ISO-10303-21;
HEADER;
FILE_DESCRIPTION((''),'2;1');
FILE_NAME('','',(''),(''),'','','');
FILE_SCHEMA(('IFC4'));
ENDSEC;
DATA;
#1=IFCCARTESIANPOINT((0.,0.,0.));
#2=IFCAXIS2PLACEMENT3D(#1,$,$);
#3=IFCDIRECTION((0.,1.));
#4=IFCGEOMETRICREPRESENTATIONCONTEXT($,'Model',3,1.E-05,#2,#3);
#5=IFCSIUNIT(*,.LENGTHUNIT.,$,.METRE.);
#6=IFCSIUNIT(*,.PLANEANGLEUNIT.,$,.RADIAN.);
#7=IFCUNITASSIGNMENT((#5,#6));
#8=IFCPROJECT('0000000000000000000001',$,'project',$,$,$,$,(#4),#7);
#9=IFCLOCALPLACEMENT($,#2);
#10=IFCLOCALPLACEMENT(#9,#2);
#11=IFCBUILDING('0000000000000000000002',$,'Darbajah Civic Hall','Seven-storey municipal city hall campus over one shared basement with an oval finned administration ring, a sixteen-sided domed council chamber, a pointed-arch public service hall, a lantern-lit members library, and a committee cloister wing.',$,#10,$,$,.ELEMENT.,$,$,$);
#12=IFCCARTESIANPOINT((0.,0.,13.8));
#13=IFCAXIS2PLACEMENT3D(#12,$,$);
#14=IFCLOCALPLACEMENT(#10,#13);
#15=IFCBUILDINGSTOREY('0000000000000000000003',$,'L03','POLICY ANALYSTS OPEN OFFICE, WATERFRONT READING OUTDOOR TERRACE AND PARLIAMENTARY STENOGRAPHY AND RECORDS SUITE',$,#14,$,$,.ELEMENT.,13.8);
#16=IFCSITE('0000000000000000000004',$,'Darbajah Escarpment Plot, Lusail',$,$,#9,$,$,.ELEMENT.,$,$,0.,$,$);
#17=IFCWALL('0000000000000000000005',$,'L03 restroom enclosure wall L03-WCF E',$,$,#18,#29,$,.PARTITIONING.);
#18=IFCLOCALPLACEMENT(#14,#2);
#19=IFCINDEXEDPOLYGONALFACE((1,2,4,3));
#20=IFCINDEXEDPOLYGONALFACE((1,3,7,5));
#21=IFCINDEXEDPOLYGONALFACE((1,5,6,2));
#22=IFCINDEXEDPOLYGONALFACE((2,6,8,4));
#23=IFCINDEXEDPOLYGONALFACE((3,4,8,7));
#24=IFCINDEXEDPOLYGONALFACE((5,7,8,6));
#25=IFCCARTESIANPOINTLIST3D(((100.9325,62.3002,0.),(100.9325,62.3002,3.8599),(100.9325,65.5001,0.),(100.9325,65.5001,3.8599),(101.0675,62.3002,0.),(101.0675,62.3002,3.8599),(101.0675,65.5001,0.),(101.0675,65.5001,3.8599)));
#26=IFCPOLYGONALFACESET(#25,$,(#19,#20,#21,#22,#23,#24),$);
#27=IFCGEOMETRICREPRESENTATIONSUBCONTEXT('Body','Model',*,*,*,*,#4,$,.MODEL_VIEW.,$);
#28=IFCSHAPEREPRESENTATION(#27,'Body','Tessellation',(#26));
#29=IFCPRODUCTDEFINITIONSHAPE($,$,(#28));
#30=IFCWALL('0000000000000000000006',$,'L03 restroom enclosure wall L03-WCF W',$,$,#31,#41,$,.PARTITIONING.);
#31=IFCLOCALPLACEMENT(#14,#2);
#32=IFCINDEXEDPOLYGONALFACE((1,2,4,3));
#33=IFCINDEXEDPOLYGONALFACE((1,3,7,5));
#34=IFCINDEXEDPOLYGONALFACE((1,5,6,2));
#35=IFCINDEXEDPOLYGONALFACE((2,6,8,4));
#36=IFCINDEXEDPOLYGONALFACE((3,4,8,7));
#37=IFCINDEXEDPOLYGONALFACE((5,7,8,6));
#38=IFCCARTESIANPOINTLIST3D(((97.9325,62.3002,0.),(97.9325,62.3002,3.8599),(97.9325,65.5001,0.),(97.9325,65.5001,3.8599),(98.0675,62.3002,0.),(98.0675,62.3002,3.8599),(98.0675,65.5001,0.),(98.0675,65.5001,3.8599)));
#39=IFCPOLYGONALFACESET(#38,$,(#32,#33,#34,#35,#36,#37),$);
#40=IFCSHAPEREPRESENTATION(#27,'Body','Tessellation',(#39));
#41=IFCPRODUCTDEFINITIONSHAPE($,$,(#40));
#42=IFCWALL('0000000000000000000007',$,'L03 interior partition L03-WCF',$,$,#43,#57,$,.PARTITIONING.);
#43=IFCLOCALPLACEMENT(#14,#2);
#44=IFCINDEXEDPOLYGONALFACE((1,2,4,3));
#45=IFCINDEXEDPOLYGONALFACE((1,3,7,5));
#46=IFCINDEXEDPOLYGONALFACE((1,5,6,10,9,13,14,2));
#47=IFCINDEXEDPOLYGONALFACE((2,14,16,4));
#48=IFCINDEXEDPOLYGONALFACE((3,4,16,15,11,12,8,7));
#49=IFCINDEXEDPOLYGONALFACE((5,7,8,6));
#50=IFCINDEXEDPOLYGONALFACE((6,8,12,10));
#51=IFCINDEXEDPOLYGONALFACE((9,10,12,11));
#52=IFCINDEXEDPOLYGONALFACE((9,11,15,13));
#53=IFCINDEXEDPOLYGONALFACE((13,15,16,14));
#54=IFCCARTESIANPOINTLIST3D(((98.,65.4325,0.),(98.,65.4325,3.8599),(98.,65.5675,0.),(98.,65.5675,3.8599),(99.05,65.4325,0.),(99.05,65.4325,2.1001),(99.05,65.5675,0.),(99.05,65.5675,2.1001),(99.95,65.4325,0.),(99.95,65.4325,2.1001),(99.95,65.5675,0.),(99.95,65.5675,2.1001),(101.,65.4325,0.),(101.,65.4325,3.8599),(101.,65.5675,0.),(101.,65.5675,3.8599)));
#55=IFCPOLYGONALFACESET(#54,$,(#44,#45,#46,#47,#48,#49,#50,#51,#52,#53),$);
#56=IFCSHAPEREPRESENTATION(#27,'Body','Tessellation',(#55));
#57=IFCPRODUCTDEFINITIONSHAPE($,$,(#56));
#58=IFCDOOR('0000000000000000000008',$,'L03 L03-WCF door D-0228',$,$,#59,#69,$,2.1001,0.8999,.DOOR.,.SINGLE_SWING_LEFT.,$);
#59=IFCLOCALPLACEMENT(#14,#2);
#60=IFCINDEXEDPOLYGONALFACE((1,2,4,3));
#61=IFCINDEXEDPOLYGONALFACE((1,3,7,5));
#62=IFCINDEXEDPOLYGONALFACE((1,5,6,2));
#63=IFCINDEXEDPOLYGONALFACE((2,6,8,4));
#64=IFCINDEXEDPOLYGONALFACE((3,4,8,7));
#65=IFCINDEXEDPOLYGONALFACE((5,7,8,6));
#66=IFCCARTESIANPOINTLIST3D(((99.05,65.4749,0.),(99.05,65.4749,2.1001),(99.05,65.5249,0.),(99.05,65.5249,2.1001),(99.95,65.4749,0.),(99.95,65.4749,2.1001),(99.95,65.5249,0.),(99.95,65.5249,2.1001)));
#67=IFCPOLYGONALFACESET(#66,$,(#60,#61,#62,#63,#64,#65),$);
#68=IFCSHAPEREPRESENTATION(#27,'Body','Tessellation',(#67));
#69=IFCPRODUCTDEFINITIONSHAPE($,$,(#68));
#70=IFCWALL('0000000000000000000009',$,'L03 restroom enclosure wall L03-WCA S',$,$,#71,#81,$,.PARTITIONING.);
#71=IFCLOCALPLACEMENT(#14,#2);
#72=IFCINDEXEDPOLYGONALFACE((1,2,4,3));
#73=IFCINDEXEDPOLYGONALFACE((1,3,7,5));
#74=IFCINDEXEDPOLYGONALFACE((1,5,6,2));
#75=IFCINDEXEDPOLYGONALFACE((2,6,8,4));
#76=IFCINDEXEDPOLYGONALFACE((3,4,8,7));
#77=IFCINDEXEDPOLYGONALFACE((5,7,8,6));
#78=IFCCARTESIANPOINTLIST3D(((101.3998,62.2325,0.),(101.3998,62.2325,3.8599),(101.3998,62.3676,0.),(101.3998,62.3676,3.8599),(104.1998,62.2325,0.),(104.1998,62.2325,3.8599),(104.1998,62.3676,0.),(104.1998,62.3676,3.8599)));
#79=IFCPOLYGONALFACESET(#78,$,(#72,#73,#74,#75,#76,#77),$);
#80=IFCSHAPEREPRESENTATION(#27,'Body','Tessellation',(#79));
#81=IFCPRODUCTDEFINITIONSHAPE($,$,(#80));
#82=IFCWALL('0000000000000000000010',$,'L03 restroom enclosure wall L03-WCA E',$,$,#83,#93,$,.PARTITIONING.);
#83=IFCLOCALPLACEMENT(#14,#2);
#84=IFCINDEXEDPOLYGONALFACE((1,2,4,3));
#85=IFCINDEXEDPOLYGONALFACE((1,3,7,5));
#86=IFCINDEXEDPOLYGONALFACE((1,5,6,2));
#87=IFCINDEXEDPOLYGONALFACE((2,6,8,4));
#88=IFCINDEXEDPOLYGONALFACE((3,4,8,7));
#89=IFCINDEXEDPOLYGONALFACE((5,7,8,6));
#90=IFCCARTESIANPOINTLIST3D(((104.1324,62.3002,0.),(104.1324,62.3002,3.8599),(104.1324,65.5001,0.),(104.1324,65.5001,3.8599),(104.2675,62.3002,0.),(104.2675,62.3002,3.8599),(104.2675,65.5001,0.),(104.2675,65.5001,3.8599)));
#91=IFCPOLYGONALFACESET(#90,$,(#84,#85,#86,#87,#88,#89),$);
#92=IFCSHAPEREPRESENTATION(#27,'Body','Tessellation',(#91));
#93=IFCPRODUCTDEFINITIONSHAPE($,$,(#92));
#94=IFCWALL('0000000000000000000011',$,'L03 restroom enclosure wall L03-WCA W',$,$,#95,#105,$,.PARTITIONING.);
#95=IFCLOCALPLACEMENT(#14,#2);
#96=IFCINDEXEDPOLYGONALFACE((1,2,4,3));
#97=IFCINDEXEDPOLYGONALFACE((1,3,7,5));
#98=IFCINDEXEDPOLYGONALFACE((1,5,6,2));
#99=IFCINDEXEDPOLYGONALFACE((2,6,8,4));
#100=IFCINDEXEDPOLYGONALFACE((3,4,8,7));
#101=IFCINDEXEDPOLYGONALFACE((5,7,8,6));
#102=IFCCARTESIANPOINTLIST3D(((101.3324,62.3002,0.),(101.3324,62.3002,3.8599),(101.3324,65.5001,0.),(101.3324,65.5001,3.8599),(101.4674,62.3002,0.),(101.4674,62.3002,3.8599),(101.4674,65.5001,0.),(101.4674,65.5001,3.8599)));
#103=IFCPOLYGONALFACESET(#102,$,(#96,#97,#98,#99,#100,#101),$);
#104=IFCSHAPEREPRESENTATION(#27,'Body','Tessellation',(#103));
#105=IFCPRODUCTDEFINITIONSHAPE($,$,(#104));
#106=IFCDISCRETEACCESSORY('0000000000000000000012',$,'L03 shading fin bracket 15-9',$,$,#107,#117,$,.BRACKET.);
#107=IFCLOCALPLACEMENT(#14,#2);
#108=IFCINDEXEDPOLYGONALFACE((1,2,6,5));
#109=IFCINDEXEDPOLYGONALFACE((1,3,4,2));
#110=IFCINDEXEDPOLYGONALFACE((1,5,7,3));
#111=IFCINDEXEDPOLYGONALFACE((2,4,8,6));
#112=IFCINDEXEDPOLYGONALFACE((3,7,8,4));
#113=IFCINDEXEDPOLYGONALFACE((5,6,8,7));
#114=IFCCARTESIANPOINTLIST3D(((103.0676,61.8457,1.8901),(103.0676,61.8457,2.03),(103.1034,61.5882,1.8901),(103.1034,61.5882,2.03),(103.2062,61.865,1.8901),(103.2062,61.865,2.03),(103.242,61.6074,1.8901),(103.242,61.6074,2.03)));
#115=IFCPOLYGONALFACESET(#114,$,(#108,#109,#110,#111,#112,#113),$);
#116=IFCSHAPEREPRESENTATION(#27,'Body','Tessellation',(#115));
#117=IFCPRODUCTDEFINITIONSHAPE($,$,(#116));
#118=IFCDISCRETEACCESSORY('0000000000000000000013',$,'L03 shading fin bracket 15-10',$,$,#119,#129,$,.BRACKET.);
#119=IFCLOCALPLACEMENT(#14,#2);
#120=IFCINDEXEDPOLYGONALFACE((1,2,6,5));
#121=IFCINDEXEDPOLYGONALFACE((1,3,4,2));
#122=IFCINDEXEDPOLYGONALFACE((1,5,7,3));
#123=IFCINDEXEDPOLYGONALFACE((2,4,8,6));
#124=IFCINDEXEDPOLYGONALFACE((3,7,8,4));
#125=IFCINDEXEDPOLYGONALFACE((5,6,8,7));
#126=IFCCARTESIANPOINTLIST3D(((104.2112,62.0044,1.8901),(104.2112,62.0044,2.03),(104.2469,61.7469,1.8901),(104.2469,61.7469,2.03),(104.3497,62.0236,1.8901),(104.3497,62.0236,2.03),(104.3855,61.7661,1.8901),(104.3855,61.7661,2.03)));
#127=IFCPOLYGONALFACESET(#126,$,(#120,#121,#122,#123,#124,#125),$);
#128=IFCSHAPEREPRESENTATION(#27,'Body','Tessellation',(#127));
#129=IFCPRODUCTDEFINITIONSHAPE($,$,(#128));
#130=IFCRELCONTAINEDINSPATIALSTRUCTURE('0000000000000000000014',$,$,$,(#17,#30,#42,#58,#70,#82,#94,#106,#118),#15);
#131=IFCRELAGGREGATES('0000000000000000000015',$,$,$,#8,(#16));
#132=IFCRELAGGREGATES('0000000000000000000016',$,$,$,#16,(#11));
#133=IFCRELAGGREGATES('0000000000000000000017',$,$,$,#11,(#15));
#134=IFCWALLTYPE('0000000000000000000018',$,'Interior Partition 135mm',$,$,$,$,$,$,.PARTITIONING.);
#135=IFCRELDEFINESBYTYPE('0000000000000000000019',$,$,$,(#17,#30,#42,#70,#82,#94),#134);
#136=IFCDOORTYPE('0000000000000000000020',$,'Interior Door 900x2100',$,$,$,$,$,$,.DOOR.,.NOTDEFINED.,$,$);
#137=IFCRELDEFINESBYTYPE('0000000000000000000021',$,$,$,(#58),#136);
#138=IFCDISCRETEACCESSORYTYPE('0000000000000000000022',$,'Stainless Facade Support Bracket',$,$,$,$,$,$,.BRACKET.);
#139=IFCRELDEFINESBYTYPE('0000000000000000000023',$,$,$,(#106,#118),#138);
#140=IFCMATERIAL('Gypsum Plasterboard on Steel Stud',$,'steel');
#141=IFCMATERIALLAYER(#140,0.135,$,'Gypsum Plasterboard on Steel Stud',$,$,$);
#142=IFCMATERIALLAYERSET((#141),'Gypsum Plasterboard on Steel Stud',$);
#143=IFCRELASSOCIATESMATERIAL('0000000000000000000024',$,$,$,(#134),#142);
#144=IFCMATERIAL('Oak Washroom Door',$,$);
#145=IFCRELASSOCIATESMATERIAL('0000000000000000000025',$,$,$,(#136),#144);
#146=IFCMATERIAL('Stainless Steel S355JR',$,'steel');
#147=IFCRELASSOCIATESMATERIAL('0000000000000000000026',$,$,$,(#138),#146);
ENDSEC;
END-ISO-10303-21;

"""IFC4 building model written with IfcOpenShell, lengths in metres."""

from ifc_helpers import new_model, si_unit, direction, frame, frame_2d, origin, origin_2d, place, context, subcontext, project, spatial, rectangle, extrude, material, layer, layer_set, type_object, element, fill, save


model = new_model("IFC4")

# Units and contexts
model_context = context("Model", 3, precision=1e-05, world=origin(), true_north=direction((0.0, 1.0)))
body_context = subcontext(model_context, "Body", "Model", "MODEL_VIEW")
ifc_project = project(units=[si_unit("LENGTHUNIT", "METRE"), si_unit("PLANEANGLEUNIT", "RADIAN")], contexts=[model_context])

# Site, building, storey
site_placement = place(None, origin())
site = spatial("IfcSite", under=ifc_project, at=site_placement, Name="Darbajah Escarpment Plot, Lusail", CompositionType="ELEMENT", RefElevation=0.0)
building_placement = place(site_placement, origin())
building = spatial("IfcBuilding", under=site, at=building_placement, Name="Darbajah Civic Hall", Description="Seven-storey municipal city hall campus over one shared basement with an oval finned administration ring, a sixteen-sided domed council chamber, a pointed-arch public service hall, a lantern-lit members library, and a committee cloister wing.", CompositionType="ELEMENT")
storey_placement = place(building_placement, frame((0.0, 0.0, 13.8)))
storey = spatial("IfcBuildingStorey", under=building, at=storey_placement, Name="L03", Description="POLICY ANALYSTS OPEN OFFICE, WATERFRONT READING OUTDOOR TERRACE AND PARLIAMENTARY STENOGRAPHY AND RECORDS SUITE", CompositionType="ELEMENT", Elevation=13.8)

# Walls
ifc_material_1 = material(Name="Gypsum Plasterboard on Steel Stud", Category="steel")
ifc_layer_1 = layer(ifc_material_1, 0.135, Name="Gypsum Plasterboard on Steel Stud")
ifc_layer_set_1 = layer_set([ifc_layer_1], Name="Gypsum Plasterboard on Steel Stud")
wall_type_1 = type_object("IfcWallType", Name="Interior Partition 135mm", PredefinedType="PARTITIONING", material=ifc_layer_set_1)
for number, where, z_axis, x_axis, name in (
    (1, (101.0, 62.3, 0.0), (0.0, 0.0, 1.0), (0.0, 1.0, 0.0), "L03 restroom enclosure wall L03-WCF E"),
    (2, (98.0, 62.3, 0.0), (0.0, 0.0, 1.0), (0.0, 1.0, 0.0), "L03 restroom enclosure wall L03-WCF W"),
):
    element("IfcWall", number, at=place(storey_placement, frame(where, z_axis=z_axis, x_axis=x_axis)), inside=storey, type_object=wall_type_1, Name=name, PredefinedType="PARTITIONING", context=body_context, shape_type="SweptSolid", body=[
        extrude(rectangle(XDim=3.2, YDim=0.135, at=frame_2d((1.6001, 0.0))), origin(), (0.0, 0.0, 1.0), 3.8599),
    ])

# Wall, opening, door
wall_1_placement = place(storey_placement, frame((98.0, 65.5, 0.0), z_axis=(0.0, 0.0, 1.0), x_axis=(1.0, 0.0, 0.0)))
wall_1 = element("IfcWall", 3, at=wall_1_placement, inside=storey, type_object=wall_type_1, Name="L03 interior partition L03-WCF", PredefinedType="PARTITIONING", context=body_context, shape_type="SweptSolid", body=[
    extrude(rectangle(XDim=3.0, YDim=0.135, at=frame_2d((1.5, 0.0))), origin(), (0.0, 0.0, 1.0), 3.8599),
])
opening_1_placement = place(wall_1_placement, frame((1.05, 0.0, 0.0)))
opening_1 = element("IfcOpeningElement", 4, at=opening_1_placement, cuts=wall_1, PredefinedType="OPENING", context=body_context, shape_type="SweptSolid", body=[
    extrude(rectangle(XDim=0.8999, YDim=2.1001, at=frame_2d((0.45, 1.05))), frame((0.0, 0.0774, 0.0), z_axis=(0.0, -1.0, 0.0), x_axis=(1.0, 0.0, 0.0)), (0.0, 0.0, 1.0), 0.155),
])
ifc_material_2 = material(Name="Oak Washroom Door")
door_type_1 = type_object("IfcDoorType", Name="Interior Door 900x2100", OperationType="NOTDEFINED", PredefinedType="DOOR", material=ifc_material_2)
door_1_placement = place(opening_1_placement, origin())
door_1 = element("IfcDoor", 5, at=door_1_placement, inside=storey, type_object=door_type_1, Name="L03 L03-WCF door D-0228", OperationType="SINGLE_SWING_LEFT", OverallHeight=2.1001, OverallWidth=0.8999, PredefinedType="DOOR", context=body_context, shape_type="SweptSolid", body=[
    extrude(rectangle(XDim=0.8999, YDim=2.1001, at=frame_2d((0.45, 1.05))), frame((0.0, 0.0249, 0.0), z_axis=(0.0, -1.0, 0.0), x_axis=(1.0, 0.0, 0.0)), (0.0, 0.0, 1.0), 0.05),
])
fill(opening_1, door_1)

# Walls
wall_2_placement = place(storey_placement, frame((101.3999, 62.3, 0.0), z_axis=(0.0, 0.0, 1.0), x_axis=(1.0, 0.0, 0.0)))
element("IfcWall", 6, at=wall_2_placement, inside=storey, type_object=wall_type_1, Name="L03 restroom enclosure wall L03-WCA S", PredefinedType="PARTITIONING", context=body_context, shape_type="SweptSolid", body=[
    extrude(rectangle(XDim=2.8, YDim=0.135, at=frame_2d((1.3999, 0.0))), origin(), (0.0, 0.0, 1.0), 3.8599),
])
for number, where, z_axis, x_axis, name in (
    (7, (104.2, 62.3, 0.0), (0.0, 0.0, 1.0), (0.0, 1.0, 0.0), "L03 restroom enclosure wall L03-WCA E"),
    (8, (101.3999, 62.3, 0.0), (0.0, 0.0, 1.0), (0.0, 1.0, 0.0), "L03 restroom enclosure wall L03-WCA W"),
):
    element("IfcWall", number, at=place(storey_placement, frame(where, z_axis=z_axis, x_axis=x_axis)), inside=storey, type_object=wall_type_1, Name=name, PredefinedType="PARTITIONING", context=body_context, shape_type="SweptSolid", body=[
        extrude(rectangle(XDim=3.2, YDim=0.135, at=frame_2d((1.6001, 0.0))), origin(), (0.0, 0.0, 1.0), 3.8599),
    ])

# Discrete accessories
ifc_material_3 = material(Name="Stainless Steel S355JR", Category="steel")
discrete_accessory_type = type_object("IfcDiscreteAccessoryType", Name="Stainless Facade Support Bracket", PredefinedType="BRACKET", material=ifc_material_3)
for number, where, z_axis, x_axis, name in (
    (9, (103.1548, 61.7266, 1.8901), (0.0, 0.0, 1.0), (0.137617, -0.990485, 0.0), "L03 shading fin bracket 15-9"),
    (10, (104.2983, 61.8853, 1.8901), (0.0, 0.0, 1.0), (0.137617, -0.990485, 0.0), "L03 shading fin bracket 15-10"),
):
    element("IfcDiscreteAccessory", number, at=place(storey_placement, frame(where, z_axis=z_axis, x_axis=x_axis)), inside=storey, type_object=discrete_accessory_type, Name=name, PredefinedType="BRACKET", context=body_context, shape_type="SweptSolid", body=[
        extrude(rectangle(XDim=0.26, YDim=0.1399, at=origin_2d()), origin(), (0.0, 0.0, 1.0), 0.1399),
    ])

save(model, "model.ifc")
